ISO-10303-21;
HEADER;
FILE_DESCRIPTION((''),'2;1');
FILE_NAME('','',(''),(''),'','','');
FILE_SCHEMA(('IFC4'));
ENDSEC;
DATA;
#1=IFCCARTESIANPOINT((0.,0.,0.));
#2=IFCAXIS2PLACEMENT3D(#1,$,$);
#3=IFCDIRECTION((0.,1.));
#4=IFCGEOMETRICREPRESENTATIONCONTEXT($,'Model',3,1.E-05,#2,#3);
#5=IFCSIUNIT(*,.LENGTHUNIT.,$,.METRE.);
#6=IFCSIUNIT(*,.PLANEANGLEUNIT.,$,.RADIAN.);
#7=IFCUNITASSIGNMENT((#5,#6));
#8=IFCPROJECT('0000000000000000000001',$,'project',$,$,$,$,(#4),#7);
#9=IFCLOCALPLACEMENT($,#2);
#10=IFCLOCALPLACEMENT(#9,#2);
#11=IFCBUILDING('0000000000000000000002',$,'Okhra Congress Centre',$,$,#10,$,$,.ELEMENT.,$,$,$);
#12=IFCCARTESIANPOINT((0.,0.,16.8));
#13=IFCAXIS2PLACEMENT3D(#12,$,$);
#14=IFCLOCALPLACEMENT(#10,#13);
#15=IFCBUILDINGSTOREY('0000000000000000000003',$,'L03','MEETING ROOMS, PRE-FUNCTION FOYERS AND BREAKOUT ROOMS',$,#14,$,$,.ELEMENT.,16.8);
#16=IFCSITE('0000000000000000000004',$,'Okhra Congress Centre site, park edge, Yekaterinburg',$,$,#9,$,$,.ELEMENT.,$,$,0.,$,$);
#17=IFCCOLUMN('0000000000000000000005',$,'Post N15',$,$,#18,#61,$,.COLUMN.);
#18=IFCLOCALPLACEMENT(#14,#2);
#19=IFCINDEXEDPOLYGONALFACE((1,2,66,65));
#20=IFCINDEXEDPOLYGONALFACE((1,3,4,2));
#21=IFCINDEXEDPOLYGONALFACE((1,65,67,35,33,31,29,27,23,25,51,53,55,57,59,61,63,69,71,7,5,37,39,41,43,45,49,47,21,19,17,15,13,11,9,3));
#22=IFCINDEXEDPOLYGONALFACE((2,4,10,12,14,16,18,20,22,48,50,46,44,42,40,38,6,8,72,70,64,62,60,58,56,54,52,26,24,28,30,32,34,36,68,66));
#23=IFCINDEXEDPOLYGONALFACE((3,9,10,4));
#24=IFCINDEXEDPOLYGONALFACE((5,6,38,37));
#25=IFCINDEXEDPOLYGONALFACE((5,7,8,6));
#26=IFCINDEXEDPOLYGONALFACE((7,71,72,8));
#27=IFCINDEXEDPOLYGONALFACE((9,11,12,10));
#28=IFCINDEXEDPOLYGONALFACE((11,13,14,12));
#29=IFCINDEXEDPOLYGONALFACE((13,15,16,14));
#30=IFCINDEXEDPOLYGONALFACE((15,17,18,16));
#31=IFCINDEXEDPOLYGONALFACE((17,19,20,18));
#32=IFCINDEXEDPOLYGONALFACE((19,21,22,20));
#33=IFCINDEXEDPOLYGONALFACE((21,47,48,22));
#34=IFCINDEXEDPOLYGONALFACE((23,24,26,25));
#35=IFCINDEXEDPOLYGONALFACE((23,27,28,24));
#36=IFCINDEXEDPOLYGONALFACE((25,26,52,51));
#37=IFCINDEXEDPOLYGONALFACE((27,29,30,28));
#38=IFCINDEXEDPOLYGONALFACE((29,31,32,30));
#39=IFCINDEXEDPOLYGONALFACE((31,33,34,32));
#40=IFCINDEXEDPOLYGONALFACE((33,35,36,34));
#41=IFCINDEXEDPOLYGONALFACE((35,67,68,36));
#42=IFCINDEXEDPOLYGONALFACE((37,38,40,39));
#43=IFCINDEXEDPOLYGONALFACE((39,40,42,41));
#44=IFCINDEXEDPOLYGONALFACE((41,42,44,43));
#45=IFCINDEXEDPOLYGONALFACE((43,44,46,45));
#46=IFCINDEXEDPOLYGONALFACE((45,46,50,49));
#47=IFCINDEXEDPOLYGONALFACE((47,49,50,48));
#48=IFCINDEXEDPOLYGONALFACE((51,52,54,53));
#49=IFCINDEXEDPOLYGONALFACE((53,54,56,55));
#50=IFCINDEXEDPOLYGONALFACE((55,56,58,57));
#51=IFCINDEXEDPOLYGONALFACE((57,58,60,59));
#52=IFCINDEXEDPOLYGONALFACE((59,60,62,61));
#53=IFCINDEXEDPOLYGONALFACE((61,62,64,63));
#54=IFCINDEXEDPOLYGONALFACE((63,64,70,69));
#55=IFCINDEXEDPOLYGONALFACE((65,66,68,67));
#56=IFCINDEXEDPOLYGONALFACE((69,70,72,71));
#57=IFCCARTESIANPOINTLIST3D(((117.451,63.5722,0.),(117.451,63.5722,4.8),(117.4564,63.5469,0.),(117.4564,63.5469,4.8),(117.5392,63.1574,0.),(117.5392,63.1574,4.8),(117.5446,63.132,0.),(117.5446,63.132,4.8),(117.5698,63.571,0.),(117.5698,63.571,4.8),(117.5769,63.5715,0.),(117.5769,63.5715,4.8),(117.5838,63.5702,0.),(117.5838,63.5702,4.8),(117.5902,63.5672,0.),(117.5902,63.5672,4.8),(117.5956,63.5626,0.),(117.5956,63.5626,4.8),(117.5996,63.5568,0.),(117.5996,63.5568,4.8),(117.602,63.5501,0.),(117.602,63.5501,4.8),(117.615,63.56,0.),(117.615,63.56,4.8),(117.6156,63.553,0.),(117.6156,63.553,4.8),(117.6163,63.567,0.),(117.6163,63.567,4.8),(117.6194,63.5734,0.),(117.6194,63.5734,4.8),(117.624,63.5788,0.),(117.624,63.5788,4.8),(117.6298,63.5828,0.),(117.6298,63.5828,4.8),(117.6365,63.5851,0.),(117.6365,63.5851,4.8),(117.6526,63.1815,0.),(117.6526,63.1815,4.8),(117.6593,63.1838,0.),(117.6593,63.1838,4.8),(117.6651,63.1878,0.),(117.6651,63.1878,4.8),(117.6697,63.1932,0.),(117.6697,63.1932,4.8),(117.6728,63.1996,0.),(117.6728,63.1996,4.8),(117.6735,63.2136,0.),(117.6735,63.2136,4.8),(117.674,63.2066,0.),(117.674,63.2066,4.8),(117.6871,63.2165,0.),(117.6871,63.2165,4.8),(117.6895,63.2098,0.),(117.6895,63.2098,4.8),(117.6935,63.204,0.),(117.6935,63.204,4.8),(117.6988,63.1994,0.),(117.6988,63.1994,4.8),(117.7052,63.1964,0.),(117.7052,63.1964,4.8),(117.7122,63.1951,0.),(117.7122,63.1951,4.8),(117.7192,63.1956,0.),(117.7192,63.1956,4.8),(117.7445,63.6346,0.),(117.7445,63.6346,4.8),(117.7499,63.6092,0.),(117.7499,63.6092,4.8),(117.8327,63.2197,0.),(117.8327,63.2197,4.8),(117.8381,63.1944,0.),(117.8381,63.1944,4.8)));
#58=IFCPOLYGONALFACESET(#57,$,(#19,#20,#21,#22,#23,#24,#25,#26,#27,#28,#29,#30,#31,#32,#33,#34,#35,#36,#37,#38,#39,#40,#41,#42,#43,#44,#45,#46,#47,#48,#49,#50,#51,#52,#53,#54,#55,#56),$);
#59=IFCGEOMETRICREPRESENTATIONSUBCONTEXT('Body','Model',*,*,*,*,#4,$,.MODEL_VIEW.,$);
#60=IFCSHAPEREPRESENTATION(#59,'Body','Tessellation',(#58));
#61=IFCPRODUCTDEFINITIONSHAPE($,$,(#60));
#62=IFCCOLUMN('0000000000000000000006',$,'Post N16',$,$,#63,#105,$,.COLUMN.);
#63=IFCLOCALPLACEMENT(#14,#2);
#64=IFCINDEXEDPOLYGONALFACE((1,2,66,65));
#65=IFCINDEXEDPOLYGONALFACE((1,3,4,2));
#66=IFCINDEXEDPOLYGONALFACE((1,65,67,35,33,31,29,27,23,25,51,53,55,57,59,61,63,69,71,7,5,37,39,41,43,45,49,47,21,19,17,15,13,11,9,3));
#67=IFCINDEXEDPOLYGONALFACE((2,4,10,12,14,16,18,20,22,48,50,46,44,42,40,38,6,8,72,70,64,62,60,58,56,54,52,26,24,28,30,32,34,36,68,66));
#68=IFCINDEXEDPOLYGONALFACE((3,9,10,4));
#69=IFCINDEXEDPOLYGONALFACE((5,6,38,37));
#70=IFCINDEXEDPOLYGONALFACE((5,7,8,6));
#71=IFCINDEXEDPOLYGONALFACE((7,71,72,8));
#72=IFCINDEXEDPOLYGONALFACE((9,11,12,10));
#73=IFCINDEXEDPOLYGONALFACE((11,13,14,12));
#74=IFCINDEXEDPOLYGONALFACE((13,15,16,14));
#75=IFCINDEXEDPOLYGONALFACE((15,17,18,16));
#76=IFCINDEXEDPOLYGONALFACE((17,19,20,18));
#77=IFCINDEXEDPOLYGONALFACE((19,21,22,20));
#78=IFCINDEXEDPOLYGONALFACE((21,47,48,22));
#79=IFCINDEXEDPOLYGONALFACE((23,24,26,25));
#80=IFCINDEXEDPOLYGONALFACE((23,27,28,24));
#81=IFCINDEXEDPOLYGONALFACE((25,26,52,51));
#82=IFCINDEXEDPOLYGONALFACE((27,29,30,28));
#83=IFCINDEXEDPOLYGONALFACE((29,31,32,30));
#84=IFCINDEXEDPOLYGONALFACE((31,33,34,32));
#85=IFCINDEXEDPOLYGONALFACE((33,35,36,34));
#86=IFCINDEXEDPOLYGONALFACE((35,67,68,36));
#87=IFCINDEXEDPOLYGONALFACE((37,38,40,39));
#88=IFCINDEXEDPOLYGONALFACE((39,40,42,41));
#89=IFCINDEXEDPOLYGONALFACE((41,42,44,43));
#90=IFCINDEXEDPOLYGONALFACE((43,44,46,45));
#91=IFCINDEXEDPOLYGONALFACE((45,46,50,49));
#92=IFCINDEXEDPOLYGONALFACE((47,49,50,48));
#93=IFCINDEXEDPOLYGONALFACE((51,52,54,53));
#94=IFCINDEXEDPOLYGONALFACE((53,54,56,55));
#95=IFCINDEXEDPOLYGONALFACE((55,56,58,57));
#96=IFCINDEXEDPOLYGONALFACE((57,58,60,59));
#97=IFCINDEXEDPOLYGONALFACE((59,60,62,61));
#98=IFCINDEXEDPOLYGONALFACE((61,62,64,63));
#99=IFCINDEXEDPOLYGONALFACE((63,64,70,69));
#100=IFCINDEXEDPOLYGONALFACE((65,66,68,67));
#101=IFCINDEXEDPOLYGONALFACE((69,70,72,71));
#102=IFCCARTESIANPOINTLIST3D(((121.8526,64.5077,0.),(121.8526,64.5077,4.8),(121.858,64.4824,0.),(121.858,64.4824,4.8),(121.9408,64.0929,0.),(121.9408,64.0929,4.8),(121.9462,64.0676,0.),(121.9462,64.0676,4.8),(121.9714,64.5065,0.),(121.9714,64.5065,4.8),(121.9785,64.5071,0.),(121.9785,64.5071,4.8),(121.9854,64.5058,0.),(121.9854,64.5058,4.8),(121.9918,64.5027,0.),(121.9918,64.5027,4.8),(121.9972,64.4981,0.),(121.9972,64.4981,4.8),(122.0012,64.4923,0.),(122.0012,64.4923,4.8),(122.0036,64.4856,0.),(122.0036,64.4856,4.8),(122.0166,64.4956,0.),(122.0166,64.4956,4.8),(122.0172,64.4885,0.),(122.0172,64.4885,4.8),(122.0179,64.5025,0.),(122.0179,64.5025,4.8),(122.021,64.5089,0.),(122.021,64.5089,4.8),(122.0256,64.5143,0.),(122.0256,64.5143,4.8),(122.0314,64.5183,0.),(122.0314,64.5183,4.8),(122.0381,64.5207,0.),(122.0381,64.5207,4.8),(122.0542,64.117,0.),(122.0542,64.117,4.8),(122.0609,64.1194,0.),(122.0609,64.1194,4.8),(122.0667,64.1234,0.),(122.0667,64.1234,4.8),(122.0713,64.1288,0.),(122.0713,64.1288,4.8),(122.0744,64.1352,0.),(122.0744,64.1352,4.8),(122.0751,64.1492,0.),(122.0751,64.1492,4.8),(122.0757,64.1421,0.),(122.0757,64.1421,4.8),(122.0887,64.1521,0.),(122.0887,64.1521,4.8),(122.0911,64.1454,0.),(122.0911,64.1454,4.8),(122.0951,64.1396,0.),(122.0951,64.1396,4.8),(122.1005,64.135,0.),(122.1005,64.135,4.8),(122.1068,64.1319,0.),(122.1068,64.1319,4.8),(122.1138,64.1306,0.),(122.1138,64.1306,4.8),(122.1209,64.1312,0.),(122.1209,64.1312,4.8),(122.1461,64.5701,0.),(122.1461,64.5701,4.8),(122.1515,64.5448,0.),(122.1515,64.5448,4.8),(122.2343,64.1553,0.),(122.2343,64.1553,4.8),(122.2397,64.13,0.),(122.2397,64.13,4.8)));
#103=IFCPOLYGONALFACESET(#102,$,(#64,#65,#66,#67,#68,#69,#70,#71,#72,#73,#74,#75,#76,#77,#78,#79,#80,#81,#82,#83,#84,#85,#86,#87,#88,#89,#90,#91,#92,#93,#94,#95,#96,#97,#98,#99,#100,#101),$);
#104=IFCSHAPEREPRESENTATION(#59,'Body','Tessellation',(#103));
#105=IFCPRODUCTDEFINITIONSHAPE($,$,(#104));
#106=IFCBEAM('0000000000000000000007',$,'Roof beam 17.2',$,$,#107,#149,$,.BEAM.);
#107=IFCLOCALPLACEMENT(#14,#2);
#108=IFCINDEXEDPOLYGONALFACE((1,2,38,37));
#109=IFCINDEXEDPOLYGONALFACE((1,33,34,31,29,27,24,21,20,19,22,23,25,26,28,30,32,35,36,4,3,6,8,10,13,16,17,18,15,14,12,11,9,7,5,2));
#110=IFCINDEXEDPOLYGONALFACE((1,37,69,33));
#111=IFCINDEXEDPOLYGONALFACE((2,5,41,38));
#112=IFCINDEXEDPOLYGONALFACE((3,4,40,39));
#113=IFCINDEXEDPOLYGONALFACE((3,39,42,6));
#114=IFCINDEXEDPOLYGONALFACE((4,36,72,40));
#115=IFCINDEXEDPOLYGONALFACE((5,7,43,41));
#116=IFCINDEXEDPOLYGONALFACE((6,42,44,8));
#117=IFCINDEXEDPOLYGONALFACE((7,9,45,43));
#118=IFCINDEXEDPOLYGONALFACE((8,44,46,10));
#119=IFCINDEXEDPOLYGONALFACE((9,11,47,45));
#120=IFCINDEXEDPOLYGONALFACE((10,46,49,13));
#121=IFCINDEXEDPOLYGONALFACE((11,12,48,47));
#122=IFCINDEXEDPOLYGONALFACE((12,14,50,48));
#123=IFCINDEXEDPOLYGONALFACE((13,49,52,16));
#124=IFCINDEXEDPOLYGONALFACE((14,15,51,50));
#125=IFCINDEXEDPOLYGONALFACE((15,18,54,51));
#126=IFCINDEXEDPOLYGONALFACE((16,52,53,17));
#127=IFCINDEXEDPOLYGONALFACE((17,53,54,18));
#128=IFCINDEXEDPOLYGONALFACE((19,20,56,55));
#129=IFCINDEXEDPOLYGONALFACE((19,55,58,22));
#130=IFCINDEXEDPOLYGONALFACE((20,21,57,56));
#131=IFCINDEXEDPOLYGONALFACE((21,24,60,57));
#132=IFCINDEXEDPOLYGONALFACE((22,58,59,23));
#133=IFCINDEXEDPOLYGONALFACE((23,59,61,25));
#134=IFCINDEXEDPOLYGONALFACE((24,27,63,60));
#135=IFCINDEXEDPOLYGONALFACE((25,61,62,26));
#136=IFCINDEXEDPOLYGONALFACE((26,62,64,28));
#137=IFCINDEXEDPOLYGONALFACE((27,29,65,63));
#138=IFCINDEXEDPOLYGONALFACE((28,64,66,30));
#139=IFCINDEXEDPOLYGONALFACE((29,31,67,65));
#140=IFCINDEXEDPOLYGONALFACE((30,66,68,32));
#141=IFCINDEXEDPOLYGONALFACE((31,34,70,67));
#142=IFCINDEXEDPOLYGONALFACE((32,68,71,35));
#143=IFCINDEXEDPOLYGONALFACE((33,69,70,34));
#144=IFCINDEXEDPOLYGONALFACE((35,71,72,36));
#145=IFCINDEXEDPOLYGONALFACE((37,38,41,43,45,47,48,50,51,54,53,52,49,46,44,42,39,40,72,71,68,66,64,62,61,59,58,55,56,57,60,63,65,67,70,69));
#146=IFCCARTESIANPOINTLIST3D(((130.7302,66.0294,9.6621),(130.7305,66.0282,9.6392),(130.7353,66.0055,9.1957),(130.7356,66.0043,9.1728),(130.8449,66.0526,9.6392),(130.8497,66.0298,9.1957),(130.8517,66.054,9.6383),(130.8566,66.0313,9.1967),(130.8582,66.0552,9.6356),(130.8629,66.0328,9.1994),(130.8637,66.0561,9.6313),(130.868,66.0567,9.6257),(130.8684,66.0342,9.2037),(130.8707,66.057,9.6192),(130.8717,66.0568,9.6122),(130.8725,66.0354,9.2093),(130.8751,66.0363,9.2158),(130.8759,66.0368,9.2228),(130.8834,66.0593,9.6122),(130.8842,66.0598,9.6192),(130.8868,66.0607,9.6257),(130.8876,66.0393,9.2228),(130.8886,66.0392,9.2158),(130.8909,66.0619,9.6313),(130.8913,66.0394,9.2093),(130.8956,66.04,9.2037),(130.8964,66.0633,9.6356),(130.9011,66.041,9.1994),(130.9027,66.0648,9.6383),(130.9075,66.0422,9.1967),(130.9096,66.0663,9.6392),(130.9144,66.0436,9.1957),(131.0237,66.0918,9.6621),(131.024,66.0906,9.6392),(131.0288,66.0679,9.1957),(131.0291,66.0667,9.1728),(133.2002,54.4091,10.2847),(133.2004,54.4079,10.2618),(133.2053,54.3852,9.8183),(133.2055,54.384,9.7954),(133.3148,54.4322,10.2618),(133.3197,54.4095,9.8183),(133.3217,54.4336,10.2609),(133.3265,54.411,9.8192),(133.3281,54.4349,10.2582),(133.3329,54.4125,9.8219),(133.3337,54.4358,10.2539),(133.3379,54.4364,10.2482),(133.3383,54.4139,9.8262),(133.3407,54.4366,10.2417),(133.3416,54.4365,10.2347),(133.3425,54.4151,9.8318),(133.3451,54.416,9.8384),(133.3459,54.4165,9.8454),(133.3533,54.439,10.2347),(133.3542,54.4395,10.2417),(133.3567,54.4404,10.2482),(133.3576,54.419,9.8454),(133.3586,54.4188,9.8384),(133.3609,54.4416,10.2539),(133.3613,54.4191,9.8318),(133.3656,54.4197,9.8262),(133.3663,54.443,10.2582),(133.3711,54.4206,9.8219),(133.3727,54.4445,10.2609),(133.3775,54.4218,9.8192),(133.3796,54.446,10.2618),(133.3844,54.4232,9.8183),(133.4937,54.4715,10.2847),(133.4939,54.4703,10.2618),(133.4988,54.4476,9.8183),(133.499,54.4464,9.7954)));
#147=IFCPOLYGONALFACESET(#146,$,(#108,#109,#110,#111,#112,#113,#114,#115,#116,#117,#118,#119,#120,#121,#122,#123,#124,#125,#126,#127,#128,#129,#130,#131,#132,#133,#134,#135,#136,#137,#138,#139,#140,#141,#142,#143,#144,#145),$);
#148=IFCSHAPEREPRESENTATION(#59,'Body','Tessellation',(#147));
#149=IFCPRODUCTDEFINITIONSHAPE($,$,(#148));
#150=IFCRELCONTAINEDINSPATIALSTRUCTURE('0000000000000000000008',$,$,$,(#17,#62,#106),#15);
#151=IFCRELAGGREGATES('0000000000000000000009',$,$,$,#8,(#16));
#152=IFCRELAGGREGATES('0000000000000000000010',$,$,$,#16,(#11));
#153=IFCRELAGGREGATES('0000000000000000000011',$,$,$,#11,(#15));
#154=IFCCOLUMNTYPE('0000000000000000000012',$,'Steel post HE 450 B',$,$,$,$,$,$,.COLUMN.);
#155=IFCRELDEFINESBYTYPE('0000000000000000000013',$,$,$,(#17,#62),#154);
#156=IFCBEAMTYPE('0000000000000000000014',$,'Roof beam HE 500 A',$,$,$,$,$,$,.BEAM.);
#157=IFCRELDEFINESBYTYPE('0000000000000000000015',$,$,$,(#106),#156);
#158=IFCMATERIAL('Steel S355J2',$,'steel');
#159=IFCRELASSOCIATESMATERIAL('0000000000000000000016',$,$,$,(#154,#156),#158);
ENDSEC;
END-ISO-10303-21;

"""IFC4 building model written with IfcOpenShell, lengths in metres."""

from ifc_helpers import new_model, si_unit, direction, frame, origin, origin_2d, place, context, subcontext, project, spatial, i_section, extrude, material, material_profile, profile_set, type_object, element, save


model = new_model("IFC4")

# Units and contexts
model_context = context("Model", 3, precision=1e-05, world=origin(), true_north=direction((0.0, 1.0)))
body_context = subcontext(model_context, "Body", "Model", "MODEL_VIEW")
ifc_project = project(units=[si_unit("LENGTHUNIT", "METRE"), si_unit("PLANEANGLEUNIT", "RADIAN")], contexts=[model_context])

# Site, building, storey
site_placement = place(None, origin())
site = spatial("IfcSite", under=ifc_project, at=site_placement, Name="Okhra Congress Centre site, park edge, Yekaterinburg", CompositionType="ELEMENT", RefElevation=0.0)
building_placement = place(site_placement, origin())
building = spatial("IfcBuilding", under=site, at=building_placement, Name="Okhra Congress Centre", CompositionType="ELEMENT")
storey_placement = place(building_placement, frame((0.0, 0.0, 16.8)))
storey = spatial("IfcBuildingStorey", under=building, at=storey_placement, Name="L03", Description="MEETING ROOMS, PRE-FUNCTION FOYERS AND BREAKOUT ROOMS", CompositionType="ELEMENT", Elevation=16.8)

# Columns
ifc_material_1 = material(Name="Steel S355J2", Category="steel")
ifc_material_profile_1 = material_profile(ifc_material_1, i_section(OverallWidth=0.3, OverallDepth=0.45, WebThickness=0.0139, FlangeThickness=0.0259, FilletRadius=0.0271, at=origin_2d()), Name="HE 450 B")
ifc_profile_set_1 = profile_set([ifc_material_profile_1], Name="Steel S355J2")
column_type = type_object("IfcColumnType", Name="Steel post HE 450 B", PredefinedType="COLUMN", material=ifc_profile_set_1)
for number, where, z_axis, x_axis, name in (
    (1, (117.6445, 63.3833, 0.0), (0.0, 0.0, 1.0), (0.978148, 0.207912, 0.0), "Post N15"),
    (2, (122.0461, 64.3188, 0.0), (0.0, 0.0, 1.0), (0.978148, 0.207912, 0.0), "Post N16"),
):
    element("IfcColumn", number, at=place(storey_placement, frame(where, z_axis=z_axis, x_axis=x_axis)), inside=storey, type_object=column_type, Name=name, PredefinedType="COLUMN", context=body_context, shape_type="SweptSolid", body=[
        extrude(i_section(OverallWidth=0.3, OverallDepth=0.45, WebThickness=0.0139, FlangeThickness=0.0259, FilletRadius=0.0271, at=origin_2d()), origin(), (0.0, 0.0, 1.0), 4.8),
    ])

# Beam
ifc_material_profile_2 = material_profile(ifc_material_1, i_section(OverallWidth=0.3, OverallDepth=0.49, WebThickness=0.012, FlangeThickness=0.0229, FilletRadius=0.0271, at=origin_2d()), Name="HE 500 A")
ifc_profile_set_2 = profile_set([ifc_material_profile_2], Name="Steel S355J2")
beam_type = type_object("IfcBeamType", Name="Roof beam HE 500 A", PredefinedType="BEAM", material=ifc_profile_set_2)
beam_placement = place(storey_placement, frame((133.3496, 54.4277, 10.04), z_axis=(-0.207626, 0.976808, -0.052332), x_axis=(-0.978148, -0.207911, 0.0)))
element("IfcBeam", 3, at=beam_placement, inside=storey, type_object=beam_type, Name="Roof beam 17.2", PredefinedType="BEAM", context=body_context, shape_type="SweptSolid", body=[
    extrude(i_section(OverallWidth=0.3, OverallDepth=0.49, WebThickness=0.012, FlangeThickness=0.0229, FilletRadius=0.0271, at=origin_2d()), origin(), (0.0, 0.0, 1.0), 11.8962),
])

save(model, "model.ifc")
